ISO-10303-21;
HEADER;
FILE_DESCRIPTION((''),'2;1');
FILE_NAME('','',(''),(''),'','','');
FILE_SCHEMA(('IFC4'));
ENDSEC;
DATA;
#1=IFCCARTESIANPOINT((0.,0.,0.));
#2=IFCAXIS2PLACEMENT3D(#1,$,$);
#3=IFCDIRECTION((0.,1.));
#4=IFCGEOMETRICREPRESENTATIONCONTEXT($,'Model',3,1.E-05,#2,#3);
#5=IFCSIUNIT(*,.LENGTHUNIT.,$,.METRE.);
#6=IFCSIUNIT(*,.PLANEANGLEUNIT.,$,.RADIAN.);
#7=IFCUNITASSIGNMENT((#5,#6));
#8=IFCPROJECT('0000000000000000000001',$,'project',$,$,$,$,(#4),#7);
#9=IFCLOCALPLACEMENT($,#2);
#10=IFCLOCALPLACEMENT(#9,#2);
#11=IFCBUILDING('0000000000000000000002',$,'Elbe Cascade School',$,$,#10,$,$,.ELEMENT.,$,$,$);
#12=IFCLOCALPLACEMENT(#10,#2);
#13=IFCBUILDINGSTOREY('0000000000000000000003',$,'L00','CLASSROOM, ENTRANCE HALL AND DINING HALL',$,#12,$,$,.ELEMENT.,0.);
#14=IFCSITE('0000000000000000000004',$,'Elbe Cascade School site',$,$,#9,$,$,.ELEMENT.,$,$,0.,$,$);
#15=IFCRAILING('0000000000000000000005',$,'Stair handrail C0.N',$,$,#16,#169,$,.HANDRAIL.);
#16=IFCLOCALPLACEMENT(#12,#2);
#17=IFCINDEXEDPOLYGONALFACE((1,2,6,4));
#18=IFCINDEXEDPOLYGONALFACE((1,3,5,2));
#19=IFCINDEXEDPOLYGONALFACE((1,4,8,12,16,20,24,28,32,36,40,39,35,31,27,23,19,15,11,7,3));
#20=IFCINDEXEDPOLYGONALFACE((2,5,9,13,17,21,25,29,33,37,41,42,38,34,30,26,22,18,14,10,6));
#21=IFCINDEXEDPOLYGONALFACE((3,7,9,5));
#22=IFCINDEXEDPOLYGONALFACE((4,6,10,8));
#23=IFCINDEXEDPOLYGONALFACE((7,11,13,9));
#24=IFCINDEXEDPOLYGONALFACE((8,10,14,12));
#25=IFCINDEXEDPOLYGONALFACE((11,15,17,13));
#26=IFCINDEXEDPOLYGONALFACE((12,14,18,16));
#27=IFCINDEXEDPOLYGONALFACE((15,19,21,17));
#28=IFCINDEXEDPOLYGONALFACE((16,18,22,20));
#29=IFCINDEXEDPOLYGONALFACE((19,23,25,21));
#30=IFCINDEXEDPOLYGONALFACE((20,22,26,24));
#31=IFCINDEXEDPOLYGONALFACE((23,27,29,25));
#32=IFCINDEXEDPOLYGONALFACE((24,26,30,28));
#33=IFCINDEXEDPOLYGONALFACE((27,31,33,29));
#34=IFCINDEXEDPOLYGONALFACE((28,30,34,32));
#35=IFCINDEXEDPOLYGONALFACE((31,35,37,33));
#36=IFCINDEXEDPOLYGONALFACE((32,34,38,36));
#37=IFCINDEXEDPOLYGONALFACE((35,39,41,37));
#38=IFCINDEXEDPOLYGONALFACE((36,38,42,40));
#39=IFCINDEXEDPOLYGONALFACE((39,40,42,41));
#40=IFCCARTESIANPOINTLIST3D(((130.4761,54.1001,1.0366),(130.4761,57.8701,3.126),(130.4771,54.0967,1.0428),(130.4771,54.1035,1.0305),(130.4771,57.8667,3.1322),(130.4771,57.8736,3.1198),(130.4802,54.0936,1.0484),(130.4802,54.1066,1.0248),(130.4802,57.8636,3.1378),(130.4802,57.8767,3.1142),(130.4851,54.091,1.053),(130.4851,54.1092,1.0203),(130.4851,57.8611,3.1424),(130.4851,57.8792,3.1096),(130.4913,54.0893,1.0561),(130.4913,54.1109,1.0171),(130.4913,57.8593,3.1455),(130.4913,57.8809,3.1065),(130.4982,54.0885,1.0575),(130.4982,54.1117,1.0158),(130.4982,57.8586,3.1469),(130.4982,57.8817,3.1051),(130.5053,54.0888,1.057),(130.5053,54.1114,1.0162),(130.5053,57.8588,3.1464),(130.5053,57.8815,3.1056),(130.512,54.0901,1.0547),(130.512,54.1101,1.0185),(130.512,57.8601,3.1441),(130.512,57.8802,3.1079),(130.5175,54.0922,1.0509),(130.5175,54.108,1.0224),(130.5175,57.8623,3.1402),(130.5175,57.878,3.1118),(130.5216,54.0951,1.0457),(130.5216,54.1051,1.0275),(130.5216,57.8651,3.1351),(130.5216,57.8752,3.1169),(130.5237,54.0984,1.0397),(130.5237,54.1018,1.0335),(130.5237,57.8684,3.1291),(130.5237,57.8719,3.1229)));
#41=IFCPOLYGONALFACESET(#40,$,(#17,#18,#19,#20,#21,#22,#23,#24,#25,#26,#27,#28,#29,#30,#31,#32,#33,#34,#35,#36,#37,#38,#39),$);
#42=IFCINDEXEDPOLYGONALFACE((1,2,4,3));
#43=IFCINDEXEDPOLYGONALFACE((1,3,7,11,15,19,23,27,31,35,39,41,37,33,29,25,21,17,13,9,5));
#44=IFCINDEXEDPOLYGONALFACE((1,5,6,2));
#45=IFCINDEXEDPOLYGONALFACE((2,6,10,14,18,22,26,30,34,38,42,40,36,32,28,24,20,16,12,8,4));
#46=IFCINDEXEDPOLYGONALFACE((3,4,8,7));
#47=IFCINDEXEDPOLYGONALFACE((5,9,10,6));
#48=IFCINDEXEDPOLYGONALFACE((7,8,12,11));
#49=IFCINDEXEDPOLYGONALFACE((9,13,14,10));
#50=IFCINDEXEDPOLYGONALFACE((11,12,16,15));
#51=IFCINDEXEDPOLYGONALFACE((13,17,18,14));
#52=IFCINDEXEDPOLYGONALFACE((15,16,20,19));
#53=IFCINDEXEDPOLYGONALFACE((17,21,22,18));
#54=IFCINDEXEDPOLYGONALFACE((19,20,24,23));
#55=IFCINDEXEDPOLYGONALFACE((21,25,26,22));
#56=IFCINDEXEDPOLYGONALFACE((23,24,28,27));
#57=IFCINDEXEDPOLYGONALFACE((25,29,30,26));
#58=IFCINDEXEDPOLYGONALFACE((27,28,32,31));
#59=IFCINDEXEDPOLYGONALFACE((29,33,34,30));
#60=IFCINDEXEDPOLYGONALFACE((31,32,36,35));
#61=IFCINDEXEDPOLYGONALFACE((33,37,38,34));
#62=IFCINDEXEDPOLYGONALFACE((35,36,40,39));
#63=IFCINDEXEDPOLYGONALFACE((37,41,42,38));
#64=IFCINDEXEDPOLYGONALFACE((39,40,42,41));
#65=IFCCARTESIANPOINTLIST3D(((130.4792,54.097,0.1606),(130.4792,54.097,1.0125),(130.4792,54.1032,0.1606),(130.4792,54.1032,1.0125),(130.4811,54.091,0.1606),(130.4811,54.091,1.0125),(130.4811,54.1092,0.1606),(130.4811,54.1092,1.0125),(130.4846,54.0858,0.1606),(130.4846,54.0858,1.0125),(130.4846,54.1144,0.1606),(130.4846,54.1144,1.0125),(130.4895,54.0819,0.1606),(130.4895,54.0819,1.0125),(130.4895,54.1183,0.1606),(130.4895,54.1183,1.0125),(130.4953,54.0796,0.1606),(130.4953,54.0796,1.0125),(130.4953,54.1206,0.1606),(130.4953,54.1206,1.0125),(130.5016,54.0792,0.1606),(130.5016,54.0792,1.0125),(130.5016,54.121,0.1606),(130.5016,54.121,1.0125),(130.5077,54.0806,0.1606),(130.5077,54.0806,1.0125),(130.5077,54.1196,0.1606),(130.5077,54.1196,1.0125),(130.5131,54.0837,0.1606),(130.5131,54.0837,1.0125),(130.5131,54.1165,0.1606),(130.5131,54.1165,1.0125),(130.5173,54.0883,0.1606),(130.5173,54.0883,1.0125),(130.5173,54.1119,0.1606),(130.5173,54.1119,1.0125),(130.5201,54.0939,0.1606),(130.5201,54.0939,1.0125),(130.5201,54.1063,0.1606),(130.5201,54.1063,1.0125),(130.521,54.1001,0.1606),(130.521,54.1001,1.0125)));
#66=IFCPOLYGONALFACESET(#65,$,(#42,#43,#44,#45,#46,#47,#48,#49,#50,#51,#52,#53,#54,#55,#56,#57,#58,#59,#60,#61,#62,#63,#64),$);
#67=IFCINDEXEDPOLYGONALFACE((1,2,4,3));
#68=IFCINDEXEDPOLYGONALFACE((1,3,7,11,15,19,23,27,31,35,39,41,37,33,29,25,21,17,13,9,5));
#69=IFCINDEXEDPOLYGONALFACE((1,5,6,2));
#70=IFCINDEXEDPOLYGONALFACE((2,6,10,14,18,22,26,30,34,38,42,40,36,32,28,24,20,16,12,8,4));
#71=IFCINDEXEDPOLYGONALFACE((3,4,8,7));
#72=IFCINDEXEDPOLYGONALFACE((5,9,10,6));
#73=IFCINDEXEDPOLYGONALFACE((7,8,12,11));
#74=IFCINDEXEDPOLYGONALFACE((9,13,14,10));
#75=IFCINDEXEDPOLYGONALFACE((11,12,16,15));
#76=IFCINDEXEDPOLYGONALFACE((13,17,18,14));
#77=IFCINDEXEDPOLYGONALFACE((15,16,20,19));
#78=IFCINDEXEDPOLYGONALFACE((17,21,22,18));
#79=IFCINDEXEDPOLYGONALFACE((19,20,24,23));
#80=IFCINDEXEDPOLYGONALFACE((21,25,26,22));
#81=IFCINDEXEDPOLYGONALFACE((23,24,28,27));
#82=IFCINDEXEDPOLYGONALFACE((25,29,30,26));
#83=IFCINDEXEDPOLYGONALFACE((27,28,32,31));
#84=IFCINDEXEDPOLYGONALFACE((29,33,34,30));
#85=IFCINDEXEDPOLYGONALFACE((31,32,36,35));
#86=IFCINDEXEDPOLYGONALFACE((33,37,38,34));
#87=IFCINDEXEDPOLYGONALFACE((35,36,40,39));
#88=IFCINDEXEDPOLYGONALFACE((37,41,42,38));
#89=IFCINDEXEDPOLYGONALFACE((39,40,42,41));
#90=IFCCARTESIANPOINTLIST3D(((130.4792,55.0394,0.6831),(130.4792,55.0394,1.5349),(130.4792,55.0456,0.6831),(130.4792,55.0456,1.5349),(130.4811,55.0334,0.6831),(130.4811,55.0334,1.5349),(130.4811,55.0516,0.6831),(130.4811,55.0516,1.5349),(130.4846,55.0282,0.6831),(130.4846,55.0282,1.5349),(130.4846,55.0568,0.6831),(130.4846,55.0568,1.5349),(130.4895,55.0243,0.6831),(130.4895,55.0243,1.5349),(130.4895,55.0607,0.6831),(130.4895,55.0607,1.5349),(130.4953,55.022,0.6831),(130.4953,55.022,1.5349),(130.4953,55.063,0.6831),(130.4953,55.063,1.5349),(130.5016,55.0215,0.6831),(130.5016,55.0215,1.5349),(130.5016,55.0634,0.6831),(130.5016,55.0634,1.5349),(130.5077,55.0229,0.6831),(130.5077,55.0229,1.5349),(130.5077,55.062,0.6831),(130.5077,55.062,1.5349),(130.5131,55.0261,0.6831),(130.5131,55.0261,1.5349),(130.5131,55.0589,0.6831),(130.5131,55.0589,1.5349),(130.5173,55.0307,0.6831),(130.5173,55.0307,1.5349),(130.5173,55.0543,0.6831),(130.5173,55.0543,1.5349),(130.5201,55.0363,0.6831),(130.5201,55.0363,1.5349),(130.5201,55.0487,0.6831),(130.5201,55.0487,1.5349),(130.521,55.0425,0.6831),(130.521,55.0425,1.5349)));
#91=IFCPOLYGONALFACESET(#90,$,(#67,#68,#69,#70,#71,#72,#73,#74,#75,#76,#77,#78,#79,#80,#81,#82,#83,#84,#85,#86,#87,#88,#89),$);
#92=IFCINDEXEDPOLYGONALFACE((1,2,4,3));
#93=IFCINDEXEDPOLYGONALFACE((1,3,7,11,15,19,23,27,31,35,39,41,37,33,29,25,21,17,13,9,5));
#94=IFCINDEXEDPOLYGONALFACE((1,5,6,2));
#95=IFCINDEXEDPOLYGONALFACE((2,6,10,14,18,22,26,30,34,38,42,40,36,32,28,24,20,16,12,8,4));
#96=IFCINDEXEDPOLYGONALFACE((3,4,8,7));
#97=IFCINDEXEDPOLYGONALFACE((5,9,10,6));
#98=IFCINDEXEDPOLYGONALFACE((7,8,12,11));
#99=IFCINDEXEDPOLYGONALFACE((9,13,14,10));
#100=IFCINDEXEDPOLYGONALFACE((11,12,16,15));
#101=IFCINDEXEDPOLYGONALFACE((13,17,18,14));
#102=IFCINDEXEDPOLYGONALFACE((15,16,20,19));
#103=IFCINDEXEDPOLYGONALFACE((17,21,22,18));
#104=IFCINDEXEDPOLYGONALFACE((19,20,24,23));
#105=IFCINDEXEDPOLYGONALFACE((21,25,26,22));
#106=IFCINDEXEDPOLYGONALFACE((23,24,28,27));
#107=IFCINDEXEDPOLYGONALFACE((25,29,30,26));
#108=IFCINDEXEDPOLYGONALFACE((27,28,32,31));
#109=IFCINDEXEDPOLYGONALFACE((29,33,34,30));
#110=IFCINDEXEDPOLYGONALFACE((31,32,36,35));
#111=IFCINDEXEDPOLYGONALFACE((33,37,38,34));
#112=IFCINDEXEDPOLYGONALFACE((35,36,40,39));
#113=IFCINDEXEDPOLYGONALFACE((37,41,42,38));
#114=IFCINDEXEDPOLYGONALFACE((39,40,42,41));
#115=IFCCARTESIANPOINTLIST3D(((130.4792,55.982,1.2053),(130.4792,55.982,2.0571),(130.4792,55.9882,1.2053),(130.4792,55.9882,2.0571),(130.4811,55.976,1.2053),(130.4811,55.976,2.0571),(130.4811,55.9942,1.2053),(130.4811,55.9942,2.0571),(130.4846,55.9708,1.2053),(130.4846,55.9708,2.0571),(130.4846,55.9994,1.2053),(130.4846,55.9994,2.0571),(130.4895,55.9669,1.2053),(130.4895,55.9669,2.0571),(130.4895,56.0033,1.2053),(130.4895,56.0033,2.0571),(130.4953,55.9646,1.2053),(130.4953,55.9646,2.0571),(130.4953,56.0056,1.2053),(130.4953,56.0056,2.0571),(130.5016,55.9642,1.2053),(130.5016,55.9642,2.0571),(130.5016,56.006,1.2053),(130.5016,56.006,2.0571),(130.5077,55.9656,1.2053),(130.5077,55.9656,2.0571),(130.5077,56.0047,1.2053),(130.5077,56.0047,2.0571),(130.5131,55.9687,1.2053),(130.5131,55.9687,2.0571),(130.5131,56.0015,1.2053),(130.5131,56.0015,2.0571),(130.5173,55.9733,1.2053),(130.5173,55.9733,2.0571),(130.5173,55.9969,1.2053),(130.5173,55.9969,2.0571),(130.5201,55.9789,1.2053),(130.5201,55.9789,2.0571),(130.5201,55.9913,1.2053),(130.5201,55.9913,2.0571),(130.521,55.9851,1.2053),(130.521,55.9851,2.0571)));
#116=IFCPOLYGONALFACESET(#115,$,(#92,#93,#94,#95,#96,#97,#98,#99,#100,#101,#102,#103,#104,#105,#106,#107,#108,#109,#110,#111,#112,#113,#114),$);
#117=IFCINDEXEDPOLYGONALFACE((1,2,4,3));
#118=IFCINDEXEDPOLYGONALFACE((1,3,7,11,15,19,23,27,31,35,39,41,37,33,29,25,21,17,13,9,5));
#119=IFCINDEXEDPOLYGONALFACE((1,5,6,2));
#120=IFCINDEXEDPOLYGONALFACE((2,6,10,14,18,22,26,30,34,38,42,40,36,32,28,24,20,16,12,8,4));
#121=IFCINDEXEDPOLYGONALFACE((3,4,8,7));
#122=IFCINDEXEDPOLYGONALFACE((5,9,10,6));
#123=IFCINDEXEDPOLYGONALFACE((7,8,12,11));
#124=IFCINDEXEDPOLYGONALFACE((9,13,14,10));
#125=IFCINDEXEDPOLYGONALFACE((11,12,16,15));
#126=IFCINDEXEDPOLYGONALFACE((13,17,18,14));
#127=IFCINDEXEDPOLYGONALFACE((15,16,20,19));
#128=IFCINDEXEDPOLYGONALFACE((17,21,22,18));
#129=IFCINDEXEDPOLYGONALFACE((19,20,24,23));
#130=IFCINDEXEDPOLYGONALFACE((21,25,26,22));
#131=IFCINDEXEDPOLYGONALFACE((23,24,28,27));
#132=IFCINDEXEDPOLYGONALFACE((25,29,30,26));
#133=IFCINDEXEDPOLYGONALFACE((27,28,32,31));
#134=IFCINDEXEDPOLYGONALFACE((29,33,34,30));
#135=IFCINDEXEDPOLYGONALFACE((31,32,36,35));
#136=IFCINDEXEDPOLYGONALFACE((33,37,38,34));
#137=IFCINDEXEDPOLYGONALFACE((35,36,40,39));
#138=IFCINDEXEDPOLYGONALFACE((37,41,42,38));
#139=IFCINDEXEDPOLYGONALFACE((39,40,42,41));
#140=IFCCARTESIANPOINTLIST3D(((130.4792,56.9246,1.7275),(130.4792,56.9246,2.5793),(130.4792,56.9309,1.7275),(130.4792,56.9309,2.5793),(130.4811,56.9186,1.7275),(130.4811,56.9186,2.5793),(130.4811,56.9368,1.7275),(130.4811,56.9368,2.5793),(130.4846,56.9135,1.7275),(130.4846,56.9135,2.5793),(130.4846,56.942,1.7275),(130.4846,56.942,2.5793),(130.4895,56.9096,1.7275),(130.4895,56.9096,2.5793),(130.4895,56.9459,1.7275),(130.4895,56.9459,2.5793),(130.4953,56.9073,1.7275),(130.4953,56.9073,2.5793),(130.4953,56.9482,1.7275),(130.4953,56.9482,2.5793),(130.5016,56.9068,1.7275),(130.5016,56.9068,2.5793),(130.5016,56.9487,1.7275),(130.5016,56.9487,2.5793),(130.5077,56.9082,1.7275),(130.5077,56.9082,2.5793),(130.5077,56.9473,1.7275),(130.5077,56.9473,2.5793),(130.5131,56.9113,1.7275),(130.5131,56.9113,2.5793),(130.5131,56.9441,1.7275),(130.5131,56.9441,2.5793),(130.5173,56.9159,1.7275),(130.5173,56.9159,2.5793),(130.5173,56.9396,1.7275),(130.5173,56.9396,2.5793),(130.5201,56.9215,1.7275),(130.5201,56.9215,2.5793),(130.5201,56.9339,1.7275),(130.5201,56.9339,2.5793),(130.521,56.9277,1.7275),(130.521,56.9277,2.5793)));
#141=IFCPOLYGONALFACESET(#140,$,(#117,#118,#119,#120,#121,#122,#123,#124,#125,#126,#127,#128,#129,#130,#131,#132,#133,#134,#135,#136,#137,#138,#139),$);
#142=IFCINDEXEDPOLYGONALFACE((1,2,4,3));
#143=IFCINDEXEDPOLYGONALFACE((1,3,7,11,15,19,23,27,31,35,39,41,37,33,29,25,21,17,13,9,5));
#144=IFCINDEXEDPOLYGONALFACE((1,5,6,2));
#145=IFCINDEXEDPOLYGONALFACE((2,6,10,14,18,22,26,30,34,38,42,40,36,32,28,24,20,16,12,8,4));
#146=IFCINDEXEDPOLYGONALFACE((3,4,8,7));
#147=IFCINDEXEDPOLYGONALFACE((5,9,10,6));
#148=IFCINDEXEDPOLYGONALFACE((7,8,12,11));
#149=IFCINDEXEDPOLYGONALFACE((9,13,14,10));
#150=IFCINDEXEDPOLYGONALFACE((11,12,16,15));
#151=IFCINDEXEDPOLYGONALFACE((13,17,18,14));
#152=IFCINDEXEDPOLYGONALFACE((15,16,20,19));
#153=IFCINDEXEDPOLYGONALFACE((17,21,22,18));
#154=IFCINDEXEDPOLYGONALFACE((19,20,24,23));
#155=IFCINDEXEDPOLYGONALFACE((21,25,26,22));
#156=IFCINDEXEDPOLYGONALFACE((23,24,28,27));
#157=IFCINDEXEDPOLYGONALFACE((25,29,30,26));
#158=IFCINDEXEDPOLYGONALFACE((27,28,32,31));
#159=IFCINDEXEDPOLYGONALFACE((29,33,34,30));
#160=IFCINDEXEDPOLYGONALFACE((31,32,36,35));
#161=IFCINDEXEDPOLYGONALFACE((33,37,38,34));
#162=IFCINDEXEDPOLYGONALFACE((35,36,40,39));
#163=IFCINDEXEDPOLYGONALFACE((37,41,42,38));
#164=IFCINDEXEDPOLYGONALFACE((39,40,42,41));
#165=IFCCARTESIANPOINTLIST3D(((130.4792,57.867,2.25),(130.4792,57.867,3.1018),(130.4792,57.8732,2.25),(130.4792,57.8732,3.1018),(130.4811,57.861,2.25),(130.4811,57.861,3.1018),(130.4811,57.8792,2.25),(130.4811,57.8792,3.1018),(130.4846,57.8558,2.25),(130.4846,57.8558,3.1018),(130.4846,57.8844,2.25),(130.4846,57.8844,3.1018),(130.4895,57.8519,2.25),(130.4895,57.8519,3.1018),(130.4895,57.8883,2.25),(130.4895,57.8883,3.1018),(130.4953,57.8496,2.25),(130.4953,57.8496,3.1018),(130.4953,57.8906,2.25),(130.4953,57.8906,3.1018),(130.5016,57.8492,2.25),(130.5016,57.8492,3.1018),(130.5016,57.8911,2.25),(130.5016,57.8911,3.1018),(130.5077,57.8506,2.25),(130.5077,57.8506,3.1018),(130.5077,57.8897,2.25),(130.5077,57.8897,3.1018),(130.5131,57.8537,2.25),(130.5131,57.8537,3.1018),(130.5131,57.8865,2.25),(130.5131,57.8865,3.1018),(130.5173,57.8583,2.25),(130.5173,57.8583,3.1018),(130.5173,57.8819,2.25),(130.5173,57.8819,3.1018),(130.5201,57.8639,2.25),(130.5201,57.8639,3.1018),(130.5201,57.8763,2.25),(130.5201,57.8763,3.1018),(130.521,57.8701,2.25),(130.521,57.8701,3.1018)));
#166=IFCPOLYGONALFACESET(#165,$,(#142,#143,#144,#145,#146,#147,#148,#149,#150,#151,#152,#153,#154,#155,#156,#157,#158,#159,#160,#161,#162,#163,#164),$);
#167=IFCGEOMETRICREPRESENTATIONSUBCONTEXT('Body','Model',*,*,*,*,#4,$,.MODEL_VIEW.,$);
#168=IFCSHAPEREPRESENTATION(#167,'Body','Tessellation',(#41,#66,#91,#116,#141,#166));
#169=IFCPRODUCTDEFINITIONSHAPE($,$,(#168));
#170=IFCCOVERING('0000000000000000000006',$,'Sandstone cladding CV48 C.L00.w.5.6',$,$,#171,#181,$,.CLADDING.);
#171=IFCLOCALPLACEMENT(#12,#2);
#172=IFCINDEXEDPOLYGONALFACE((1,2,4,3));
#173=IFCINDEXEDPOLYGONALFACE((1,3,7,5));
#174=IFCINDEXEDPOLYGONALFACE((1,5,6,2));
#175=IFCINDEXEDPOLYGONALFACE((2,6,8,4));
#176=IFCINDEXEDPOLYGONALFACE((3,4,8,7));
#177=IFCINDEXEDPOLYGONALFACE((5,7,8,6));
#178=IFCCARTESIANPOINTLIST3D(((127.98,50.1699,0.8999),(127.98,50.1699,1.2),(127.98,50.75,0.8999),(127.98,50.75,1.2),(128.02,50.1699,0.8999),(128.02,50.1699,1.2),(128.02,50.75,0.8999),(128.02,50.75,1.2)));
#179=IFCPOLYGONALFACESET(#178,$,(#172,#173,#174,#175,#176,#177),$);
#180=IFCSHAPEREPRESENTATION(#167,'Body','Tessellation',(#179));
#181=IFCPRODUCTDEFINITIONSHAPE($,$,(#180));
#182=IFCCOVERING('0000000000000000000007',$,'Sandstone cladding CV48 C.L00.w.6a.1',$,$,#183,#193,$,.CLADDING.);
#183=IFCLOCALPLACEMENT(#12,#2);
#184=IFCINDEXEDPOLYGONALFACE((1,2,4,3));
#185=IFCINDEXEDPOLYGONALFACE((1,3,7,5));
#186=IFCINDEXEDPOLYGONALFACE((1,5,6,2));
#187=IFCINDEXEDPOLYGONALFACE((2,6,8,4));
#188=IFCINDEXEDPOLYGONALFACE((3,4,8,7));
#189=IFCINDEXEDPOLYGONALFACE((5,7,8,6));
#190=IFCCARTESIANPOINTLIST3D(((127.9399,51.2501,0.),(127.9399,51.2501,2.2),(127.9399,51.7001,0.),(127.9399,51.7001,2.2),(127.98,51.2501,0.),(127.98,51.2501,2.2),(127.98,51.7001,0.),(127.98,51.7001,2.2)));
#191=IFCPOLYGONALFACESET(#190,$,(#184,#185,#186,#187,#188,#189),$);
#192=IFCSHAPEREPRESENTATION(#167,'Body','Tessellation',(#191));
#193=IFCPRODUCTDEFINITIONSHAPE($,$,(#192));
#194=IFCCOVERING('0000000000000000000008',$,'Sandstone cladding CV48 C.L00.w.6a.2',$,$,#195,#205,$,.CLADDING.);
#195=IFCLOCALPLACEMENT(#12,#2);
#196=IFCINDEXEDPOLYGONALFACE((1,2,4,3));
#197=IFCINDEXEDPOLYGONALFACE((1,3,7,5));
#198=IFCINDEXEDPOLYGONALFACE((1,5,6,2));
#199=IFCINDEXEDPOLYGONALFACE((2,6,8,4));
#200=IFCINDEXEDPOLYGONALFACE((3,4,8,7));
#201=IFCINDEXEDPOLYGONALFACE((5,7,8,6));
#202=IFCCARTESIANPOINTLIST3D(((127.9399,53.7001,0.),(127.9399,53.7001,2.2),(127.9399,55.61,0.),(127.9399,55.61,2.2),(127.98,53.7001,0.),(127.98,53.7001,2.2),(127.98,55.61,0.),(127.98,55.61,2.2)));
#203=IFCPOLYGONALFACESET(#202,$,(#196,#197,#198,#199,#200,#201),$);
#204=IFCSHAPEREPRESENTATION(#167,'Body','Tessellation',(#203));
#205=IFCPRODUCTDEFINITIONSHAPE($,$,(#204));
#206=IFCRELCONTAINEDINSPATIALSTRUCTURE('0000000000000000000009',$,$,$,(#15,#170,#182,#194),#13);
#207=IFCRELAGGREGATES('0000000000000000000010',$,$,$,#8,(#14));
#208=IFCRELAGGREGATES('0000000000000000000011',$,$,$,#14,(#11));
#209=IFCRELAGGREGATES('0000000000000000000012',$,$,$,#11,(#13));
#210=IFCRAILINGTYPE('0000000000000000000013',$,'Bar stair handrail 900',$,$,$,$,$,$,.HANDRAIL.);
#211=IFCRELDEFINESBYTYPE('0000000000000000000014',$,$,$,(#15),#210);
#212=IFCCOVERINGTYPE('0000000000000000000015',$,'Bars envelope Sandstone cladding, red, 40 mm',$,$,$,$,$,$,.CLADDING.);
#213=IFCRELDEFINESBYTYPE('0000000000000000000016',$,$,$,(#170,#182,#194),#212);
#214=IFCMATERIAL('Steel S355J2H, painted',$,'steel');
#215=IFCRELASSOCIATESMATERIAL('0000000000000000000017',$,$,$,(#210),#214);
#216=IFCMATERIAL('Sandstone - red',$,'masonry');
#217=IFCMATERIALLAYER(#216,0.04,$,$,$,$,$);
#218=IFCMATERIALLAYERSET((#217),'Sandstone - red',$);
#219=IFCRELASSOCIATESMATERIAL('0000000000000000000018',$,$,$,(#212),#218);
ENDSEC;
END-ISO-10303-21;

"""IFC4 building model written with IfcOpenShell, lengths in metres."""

from ifc_helpers import new_model, si_unit, direction, frame, origin, origin_2d, place, context, subcontext, project, spatial, rectangle, circle, extrude, material, layer, layer_set, type_object, element, save


model = new_model("IFC4")

# Units and contexts
model_context = context("Model", 3, precision=1e-05, world=origin(), true_north=direction((0.0, 1.0)))
body_context = subcontext(model_context, "Body", "Model", "MODEL_VIEW")
ifc_project = project(units=[si_unit("LENGTHUNIT", "METRE"), si_unit("PLANEANGLEUNIT", "RADIAN")], contexts=[model_context])

# Site, building, storey
site_placement = place(None, origin())
site = spatial("IfcSite", under=ifc_project, at=site_placement, Name="Elbe Cascade School site", CompositionType="ELEMENT", RefElevation=0.0)
building_placement = place(site_placement, origin())
building = spatial("IfcBuilding", under=site, at=building_placement, Name="Elbe Cascade School", CompositionType="ELEMENT")
storey_placement = place(building_placement, origin())
storey = spatial("IfcBuildingStorey", under=building, at=storey_placement, Name="L00", Description="CLASSROOM, ENTRANCE HALL AND DINING HALL", CompositionType="ELEMENT", Elevation=0.0)

# Railing
ifc_material_1 = material(Name="Steel S355J2H, painted", Category="steel")
railing_type = type_object("IfcRailingType", Name="Bar stair handrail 900", PredefinedType="HANDRAIL", material=ifc_material_1)
railing_placement = place(storey_placement, frame((130.5, 54.1001, 0.1606)))
element("IfcRailing", 1, at=railing_placement, inside=storey, type_object=railing_type, Name="Stair handrail C0.N", PredefinedType="HANDRAIL", context=body_context, shape_type="SweptSolid", body=[
    extrude(circle(Radius=0.0239, at=origin_2d()), frame((0.0, 0.0, 0.876), z_axis=(0.0, 0.874659, 0.484739), x_axis=(-1.0, 0.0, 0.0)), (0.0, 0.0, 1.0), 4.3103),
    extrude(circle(Radius=0.021, at=origin_2d()), origin(), (0.0, 0.0, 1.0), 0.8518),
    extrude(circle(Radius=0.021, at=origin_2d()), frame((0.0, 0.9424, 0.5225)), (0.0, 0.0, 1.0), 0.8518),
    extrude(circle(Radius=0.021, at=origin_2d()), frame((0.0, 1.885, 1.0447)), (0.0, 0.0, 1.0), 0.8518),
    extrude(circle(Radius=0.021, at=origin_2d()), frame((0.0, 2.8276, 1.5669)), (0.0, 0.0, 1.0), 0.8518),
    extrude(circle(Radius=0.021, at=origin_2d()), frame((0.0, 3.77, 2.0894)), (0.0, 0.0, 1.0), 0.8518),
])

# Coverings
ifc_material_2 = material(Name="Sandstone - red", Category="masonry")
ifc_layer_1 = layer(ifc_material_2, 0.04)
ifc_layer_set_1 = layer_set([ifc_layer_1], Name="Sandstone - red")
covering_type = type_object("IfcCoveringType", Name="Bars envelope Sandstone cladding, red, 40 mm", PredefinedType="CLADDING", material=ifc_layer_set_1)
covering_1_placement = place(storey_placement, frame((128.0, 50.46, 0.8999), z_axis=(0.0, 0.0, 1.0), x_axis=(0.0, 1.0, 0.0)))
element("IfcCovering", 2, at=covering_1_placement, inside=storey, type_object=covering_type, Name="Sandstone cladding CV48 C.L00.w.5.6", PredefinedType="CLADDING", context=body_context, shape_type="SweptSolid", body=[
    extrude(rectangle(XDim=0.5801, YDim=0.04, at=origin_2d()), origin(), (0.0, 0.0, 1.0), 0.3),
])
covering_2_placement = place(storey_placement, frame((127.96, 51.4751, 0.0), z_axis=(0.0, 0.0, 1.0), x_axis=(0.0, 1.0, 0.0)))
element("IfcCovering", 3, at=covering_2_placement, inside=storey, type_object=covering_type, Name="Sandstone cladding CV48 C.L00.w.6a.1", PredefinedType="CLADDING", context=body_context, shape_type="SweptSolid", body=[
    extrude(rectangle(XDim=0.45, YDim=0.04, at=origin_2d()), origin(), (0.0, 0.0, 1.0), 2.2),
])
covering_3_placement = place(storey_placement, frame((127.96, 54.655, 0.0), z_axis=(0.0, 0.0, 1.0), x_axis=(0.0, 1.0, 0.0)))
element("IfcCovering", 4, at=covering_3_placement, inside=storey, type_object=covering_type, Name="Sandstone cladding CV48 C.L00.w.6a.2", PredefinedType="CLADDING", context=body_context, shape_type="SweptSolid", body=[
    extrude(rectangle(XDim=1.9099, YDim=0.04, at=origin_2d()), origin(), (0.0, 0.0, 1.0), 2.2),
])

save(model, "model.ifc")
